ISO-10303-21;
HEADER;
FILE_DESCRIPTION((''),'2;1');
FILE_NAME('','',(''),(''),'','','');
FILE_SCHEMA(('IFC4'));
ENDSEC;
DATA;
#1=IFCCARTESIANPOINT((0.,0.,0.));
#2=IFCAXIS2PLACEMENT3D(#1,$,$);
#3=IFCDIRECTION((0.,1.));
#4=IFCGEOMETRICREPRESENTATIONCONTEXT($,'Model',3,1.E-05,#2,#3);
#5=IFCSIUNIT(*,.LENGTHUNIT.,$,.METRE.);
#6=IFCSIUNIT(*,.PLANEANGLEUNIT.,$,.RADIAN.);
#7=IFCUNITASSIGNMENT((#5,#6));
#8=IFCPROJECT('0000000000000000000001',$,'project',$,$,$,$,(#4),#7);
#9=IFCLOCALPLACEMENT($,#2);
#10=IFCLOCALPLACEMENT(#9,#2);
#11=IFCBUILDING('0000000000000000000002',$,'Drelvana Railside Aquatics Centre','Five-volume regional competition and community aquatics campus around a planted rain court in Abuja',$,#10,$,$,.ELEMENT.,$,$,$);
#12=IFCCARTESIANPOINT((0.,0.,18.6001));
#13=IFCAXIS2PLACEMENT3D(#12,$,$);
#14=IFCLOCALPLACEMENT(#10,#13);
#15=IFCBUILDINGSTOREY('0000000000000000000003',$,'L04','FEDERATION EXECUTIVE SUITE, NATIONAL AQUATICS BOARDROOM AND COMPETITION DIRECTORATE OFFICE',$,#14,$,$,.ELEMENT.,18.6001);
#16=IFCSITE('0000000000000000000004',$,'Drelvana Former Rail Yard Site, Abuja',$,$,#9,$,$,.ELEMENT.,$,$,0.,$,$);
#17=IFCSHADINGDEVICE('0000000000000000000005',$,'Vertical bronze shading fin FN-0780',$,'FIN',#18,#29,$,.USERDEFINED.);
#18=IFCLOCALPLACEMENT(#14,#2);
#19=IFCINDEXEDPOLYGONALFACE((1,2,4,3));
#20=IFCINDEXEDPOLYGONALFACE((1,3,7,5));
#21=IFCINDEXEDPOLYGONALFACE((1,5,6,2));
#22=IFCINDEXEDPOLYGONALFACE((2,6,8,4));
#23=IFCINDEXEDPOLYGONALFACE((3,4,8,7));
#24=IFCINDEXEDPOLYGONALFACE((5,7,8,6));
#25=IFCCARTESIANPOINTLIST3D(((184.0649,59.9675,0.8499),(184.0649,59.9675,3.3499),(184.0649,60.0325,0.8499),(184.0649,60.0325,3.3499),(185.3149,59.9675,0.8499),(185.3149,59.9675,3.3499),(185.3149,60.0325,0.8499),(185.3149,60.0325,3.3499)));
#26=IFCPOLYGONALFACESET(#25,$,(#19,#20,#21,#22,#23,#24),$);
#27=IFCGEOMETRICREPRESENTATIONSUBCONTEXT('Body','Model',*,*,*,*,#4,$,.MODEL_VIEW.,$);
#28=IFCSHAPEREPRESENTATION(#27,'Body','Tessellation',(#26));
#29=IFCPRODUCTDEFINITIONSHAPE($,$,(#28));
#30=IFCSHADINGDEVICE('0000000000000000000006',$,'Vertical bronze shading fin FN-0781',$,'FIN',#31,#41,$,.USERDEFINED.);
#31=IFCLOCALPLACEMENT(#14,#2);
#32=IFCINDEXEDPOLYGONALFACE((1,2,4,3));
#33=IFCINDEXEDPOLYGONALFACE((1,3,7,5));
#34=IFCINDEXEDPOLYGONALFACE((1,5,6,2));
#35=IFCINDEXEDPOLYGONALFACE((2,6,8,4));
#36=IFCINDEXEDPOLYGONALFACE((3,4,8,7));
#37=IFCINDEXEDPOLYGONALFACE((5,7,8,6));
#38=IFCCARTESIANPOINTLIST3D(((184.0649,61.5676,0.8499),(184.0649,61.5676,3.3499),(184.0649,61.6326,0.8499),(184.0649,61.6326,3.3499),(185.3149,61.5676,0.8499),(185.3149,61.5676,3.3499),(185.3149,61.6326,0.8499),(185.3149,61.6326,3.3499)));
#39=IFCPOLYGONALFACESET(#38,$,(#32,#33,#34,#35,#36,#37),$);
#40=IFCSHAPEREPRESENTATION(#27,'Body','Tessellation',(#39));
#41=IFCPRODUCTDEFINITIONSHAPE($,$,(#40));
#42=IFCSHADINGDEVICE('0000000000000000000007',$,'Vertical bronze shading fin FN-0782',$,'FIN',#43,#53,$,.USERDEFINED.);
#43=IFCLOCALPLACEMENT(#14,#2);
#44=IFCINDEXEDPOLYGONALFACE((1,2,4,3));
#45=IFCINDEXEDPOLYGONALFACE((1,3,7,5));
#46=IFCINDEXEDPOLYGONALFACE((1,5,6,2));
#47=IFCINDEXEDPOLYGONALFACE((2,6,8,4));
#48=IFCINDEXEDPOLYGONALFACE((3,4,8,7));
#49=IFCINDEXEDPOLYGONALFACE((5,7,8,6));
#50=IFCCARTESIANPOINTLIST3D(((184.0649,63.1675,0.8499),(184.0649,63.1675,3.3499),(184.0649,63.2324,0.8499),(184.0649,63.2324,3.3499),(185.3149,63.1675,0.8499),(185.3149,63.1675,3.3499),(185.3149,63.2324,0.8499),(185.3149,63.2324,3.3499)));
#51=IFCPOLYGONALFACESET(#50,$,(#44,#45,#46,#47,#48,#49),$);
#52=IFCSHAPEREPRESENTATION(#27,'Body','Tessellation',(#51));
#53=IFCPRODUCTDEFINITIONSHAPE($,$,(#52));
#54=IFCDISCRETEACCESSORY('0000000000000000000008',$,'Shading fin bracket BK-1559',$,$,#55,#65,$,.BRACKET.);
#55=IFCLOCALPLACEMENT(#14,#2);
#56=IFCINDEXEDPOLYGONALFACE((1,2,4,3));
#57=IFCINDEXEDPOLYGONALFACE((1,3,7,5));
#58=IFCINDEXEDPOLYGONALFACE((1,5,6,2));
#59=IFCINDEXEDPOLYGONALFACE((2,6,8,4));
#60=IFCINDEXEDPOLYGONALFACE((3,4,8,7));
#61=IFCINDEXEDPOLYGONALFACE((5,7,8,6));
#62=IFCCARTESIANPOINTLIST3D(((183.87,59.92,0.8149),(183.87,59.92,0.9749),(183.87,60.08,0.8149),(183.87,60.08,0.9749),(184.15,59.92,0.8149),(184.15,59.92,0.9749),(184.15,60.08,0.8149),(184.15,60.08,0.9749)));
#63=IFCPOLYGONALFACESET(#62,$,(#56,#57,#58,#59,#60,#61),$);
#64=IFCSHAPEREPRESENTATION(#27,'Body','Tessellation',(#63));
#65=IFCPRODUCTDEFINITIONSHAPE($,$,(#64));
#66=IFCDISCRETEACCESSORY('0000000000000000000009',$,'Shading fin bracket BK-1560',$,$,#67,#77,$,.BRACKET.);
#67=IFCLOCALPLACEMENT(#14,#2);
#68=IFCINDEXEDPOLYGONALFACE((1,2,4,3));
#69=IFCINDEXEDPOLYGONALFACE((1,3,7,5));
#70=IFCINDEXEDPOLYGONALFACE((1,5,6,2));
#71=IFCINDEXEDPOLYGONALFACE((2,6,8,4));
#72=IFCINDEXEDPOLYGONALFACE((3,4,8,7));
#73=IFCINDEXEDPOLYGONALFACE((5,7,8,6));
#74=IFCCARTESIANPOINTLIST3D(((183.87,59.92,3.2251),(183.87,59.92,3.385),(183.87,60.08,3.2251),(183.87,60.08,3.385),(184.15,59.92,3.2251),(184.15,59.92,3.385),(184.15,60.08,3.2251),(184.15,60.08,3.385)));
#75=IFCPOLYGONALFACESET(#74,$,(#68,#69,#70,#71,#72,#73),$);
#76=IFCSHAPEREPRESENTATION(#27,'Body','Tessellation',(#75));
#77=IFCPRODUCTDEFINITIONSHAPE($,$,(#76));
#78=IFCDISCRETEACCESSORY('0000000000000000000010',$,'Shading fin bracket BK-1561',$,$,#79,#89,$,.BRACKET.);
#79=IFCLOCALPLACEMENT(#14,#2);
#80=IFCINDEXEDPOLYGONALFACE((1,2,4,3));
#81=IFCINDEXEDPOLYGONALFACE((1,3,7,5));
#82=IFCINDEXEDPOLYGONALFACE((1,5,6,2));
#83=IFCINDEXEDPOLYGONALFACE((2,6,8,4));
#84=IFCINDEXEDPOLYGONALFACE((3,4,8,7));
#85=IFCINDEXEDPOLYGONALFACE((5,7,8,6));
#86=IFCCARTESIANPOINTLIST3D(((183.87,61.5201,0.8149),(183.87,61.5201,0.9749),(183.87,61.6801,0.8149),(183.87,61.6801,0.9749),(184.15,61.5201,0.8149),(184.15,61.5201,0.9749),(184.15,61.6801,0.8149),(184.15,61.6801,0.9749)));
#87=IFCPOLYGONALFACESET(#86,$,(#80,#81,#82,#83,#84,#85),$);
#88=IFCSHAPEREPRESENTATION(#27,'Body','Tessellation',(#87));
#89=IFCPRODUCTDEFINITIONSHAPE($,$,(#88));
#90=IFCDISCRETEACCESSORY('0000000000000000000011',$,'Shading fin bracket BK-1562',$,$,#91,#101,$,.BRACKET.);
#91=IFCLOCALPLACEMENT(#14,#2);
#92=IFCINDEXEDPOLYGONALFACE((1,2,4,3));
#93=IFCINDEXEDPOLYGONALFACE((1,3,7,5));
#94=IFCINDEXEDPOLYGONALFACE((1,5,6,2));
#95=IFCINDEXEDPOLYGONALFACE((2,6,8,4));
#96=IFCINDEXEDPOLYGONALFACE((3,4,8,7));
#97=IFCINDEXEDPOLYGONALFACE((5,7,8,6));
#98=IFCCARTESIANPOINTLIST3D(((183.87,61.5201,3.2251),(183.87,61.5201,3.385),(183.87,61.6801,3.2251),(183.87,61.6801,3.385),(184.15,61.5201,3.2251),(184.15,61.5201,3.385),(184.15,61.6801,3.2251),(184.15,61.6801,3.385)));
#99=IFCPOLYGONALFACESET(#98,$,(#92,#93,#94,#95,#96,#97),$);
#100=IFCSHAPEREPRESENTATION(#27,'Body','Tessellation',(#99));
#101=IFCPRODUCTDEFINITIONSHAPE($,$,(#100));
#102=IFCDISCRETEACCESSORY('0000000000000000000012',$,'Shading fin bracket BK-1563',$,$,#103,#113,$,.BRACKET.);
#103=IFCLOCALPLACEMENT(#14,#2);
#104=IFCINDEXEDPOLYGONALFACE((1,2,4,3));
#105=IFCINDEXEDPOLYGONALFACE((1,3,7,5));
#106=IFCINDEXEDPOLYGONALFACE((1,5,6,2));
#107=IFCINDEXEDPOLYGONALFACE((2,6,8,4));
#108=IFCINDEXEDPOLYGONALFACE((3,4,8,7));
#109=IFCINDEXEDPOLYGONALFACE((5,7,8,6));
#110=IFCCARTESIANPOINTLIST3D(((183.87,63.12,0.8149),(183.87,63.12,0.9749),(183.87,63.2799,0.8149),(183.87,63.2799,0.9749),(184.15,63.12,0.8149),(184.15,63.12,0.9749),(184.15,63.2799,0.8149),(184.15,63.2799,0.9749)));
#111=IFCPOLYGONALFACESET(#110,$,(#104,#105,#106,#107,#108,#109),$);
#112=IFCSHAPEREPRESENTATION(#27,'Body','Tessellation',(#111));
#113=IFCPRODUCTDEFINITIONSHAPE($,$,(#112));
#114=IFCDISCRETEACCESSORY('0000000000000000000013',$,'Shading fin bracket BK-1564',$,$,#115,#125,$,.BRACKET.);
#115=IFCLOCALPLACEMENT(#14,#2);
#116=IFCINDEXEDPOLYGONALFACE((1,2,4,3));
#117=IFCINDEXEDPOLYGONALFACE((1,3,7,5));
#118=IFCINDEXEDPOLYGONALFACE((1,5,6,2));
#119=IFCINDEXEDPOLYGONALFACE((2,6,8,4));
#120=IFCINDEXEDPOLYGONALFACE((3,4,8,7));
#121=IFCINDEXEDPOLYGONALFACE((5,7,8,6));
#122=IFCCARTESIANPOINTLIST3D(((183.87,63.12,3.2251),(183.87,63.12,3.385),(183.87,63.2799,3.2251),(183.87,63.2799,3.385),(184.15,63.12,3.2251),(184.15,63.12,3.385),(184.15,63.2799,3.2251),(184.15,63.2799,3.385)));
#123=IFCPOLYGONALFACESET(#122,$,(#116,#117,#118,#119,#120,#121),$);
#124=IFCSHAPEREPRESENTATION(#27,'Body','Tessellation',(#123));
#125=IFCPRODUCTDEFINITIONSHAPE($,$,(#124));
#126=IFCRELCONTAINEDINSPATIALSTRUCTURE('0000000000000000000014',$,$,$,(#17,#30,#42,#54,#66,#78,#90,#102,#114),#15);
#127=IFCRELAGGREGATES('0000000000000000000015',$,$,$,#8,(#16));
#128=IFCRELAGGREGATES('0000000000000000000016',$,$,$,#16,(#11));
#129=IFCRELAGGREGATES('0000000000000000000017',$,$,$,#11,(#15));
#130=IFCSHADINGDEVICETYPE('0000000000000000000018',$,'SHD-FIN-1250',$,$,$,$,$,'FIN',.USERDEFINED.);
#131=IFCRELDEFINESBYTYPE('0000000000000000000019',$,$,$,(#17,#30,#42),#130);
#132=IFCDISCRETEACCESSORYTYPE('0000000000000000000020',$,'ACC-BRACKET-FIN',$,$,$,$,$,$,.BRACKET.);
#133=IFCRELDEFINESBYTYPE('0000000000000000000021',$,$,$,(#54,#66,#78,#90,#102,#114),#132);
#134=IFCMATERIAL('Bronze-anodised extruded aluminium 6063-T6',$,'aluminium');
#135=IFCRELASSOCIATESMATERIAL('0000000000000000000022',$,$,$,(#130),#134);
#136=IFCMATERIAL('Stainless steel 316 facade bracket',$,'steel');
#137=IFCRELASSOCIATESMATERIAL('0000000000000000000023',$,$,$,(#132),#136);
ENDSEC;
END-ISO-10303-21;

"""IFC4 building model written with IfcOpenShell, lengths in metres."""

from ifc_helpers import new_model, si_unit, direction, frame, origin, origin_2d, place, context, subcontext, project, spatial, rectangle, extrude, material, type_object, element, save


model = new_model("IFC4")

# Units and contexts
model_context = context("Model", 3, precision=1e-05, world=origin(), true_north=direction((0.0, 1.0)))
body_context = subcontext(model_context, "Body", "Model", "MODEL_VIEW")
ifc_project = project(units=[si_unit("LENGTHUNIT", "METRE"), si_unit("PLANEANGLEUNIT", "RADIAN")], contexts=[model_context])

# Site, building, storey
site_placement = place(None, origin())
site = spatial("IfcSite", under=ifc_project, at=site_placement, Name="Drelvana Former Rail Yard Site, Abuja", CompositionType="ELEMENT", RefElevation=0.0)
building_placement = place(site_placement, origin())
building = spatial("IfcBuilding", under=site, at=building_placement, Name="Drelvana Railside Aquatics Centre", Description="Five-volume regional competition and community aquatics campus around a planted rain court in Abuja", CompositionType="ELEMENT")
storey_placement = place(building_placement, frame((0.0, 0.0, 18.6001)))
storey = spatial("IfcBuildingStorey", under=building, at=storey_placement, Name="L04", Description="FEDERATION EXECUTIVE SUITE, NATIONAL AQUATICS BOARDROOM AND COMPETITION DIRECTORATE OFFICE", CompositionType="ELEMENT", Elevation=18.6001)

# Shared definitions
ifc_material_1 = material(Name="Bronze-anodised extruded aluminium 6063-T6", Category="aluminium")

# Shading devices
shading_device_type = type_object("IfcShadingDeviceType", Name="SHD-FIN-1250", ElementType="FIN", PredefinedType="USERDEFINED", material=ifc_material_1)
for number, where, z_axis, x_axis, name in (
    (1, (184.6899, 60.0, 0.8499), (0.0, 0.0, 1.0), (1.0, 0.0, 0.0), "Vertical bronze shading fin FN-0780"),
    (2, (184.6899, 61.6001, 0.8499), (0.0, 0.0, 1.0), (1.0, 0.0, 0.0), "Vertical bronze shading fin FN-0781"),
    (3, (184.6899, 63.2, 0.8499), (0.0, 0.0, 1.0), (1.0, 0.0, 0.0), "Vertical bronze shading fin FN-0782"),
):
    element("IfcShadingDevice", number, at=place(storey_placement, frame(where, z_axis=z_axis, x_axis=x_axis)), inside=storey, type_object=shading_device_type, Name=name, ObjectType="FIN", PredefinedType="USERDEFINED", context=body_context, shape_type="SweptSolid", body=[
        extrude(rectangle(XDim=1.25, YDim=0.0649, at=origin_2d()), origin(), (0.0, 0.0, 1.0), 2.5),
    ])

# Discrete accessories
ifc_material_2 = material(Name="Stainless steel 316 facade bracket", Category="steel")
discrete_accessory_type = type_object("IfcDiscreteAccessoryType", Name="ACC-BRACKET-FIN", PredefinedType="BRACKET", material=ifc_material_2)
for number, where, z_axis, x_axis, name in (
    (4, (184.01, 60.0, 0.8149), (0.0, 0.0, 1.0), (1.0, 0.0, 0.0), "Shading fin bracket BK-1559"),
    (5, (184.01, 60.0, 3.2251), (0.0, 0.0, 1.0), (1.0, 0.0, 0.0), "Shading fin bracket BK-1560"),
    (6, (184.01, 61.6001, 0.8149), (0.0, 0.0, 1.0), (1.0, 0.0, 0.0), "Shading fin bracket BK-1561"),
    (7, (184.01, 61.6001, 3.2251), (0.0, 0.0, 1.0), (1.0, 0.0, 0.0), "Shading fin bracket BK-1562"),
    (8, (184.01, 63.2, 0.8149), (0.0, 0.0, 1.0), (1.0, 0.0, 0.0), "Shading fin bracket BK-1563"),
    (9, (184.01, 63.2, 3.2251), (0.0, 0.0, 1.0), (1.0, 0.0, 0.0), "Shading fin bracket BK-1564"),
):
    element("IfcDiscreteAccessory", number, at=place(storey_placement, frame(where, z_axis=z_axis, x_axis=x_axis)), inside=storey, type_object=discrete_accessory_type, Name=name, PredefinedType="BRACKET", context=body_context, shape_type="SweptSolid", body=[
        extrude(rectangle(XDim=0.28, YDim=0.1599, at=origin_2d()), origin(), (0.0, 0.0, 1.0), 0.1599),
    ])

save(model, "model.ifc")
